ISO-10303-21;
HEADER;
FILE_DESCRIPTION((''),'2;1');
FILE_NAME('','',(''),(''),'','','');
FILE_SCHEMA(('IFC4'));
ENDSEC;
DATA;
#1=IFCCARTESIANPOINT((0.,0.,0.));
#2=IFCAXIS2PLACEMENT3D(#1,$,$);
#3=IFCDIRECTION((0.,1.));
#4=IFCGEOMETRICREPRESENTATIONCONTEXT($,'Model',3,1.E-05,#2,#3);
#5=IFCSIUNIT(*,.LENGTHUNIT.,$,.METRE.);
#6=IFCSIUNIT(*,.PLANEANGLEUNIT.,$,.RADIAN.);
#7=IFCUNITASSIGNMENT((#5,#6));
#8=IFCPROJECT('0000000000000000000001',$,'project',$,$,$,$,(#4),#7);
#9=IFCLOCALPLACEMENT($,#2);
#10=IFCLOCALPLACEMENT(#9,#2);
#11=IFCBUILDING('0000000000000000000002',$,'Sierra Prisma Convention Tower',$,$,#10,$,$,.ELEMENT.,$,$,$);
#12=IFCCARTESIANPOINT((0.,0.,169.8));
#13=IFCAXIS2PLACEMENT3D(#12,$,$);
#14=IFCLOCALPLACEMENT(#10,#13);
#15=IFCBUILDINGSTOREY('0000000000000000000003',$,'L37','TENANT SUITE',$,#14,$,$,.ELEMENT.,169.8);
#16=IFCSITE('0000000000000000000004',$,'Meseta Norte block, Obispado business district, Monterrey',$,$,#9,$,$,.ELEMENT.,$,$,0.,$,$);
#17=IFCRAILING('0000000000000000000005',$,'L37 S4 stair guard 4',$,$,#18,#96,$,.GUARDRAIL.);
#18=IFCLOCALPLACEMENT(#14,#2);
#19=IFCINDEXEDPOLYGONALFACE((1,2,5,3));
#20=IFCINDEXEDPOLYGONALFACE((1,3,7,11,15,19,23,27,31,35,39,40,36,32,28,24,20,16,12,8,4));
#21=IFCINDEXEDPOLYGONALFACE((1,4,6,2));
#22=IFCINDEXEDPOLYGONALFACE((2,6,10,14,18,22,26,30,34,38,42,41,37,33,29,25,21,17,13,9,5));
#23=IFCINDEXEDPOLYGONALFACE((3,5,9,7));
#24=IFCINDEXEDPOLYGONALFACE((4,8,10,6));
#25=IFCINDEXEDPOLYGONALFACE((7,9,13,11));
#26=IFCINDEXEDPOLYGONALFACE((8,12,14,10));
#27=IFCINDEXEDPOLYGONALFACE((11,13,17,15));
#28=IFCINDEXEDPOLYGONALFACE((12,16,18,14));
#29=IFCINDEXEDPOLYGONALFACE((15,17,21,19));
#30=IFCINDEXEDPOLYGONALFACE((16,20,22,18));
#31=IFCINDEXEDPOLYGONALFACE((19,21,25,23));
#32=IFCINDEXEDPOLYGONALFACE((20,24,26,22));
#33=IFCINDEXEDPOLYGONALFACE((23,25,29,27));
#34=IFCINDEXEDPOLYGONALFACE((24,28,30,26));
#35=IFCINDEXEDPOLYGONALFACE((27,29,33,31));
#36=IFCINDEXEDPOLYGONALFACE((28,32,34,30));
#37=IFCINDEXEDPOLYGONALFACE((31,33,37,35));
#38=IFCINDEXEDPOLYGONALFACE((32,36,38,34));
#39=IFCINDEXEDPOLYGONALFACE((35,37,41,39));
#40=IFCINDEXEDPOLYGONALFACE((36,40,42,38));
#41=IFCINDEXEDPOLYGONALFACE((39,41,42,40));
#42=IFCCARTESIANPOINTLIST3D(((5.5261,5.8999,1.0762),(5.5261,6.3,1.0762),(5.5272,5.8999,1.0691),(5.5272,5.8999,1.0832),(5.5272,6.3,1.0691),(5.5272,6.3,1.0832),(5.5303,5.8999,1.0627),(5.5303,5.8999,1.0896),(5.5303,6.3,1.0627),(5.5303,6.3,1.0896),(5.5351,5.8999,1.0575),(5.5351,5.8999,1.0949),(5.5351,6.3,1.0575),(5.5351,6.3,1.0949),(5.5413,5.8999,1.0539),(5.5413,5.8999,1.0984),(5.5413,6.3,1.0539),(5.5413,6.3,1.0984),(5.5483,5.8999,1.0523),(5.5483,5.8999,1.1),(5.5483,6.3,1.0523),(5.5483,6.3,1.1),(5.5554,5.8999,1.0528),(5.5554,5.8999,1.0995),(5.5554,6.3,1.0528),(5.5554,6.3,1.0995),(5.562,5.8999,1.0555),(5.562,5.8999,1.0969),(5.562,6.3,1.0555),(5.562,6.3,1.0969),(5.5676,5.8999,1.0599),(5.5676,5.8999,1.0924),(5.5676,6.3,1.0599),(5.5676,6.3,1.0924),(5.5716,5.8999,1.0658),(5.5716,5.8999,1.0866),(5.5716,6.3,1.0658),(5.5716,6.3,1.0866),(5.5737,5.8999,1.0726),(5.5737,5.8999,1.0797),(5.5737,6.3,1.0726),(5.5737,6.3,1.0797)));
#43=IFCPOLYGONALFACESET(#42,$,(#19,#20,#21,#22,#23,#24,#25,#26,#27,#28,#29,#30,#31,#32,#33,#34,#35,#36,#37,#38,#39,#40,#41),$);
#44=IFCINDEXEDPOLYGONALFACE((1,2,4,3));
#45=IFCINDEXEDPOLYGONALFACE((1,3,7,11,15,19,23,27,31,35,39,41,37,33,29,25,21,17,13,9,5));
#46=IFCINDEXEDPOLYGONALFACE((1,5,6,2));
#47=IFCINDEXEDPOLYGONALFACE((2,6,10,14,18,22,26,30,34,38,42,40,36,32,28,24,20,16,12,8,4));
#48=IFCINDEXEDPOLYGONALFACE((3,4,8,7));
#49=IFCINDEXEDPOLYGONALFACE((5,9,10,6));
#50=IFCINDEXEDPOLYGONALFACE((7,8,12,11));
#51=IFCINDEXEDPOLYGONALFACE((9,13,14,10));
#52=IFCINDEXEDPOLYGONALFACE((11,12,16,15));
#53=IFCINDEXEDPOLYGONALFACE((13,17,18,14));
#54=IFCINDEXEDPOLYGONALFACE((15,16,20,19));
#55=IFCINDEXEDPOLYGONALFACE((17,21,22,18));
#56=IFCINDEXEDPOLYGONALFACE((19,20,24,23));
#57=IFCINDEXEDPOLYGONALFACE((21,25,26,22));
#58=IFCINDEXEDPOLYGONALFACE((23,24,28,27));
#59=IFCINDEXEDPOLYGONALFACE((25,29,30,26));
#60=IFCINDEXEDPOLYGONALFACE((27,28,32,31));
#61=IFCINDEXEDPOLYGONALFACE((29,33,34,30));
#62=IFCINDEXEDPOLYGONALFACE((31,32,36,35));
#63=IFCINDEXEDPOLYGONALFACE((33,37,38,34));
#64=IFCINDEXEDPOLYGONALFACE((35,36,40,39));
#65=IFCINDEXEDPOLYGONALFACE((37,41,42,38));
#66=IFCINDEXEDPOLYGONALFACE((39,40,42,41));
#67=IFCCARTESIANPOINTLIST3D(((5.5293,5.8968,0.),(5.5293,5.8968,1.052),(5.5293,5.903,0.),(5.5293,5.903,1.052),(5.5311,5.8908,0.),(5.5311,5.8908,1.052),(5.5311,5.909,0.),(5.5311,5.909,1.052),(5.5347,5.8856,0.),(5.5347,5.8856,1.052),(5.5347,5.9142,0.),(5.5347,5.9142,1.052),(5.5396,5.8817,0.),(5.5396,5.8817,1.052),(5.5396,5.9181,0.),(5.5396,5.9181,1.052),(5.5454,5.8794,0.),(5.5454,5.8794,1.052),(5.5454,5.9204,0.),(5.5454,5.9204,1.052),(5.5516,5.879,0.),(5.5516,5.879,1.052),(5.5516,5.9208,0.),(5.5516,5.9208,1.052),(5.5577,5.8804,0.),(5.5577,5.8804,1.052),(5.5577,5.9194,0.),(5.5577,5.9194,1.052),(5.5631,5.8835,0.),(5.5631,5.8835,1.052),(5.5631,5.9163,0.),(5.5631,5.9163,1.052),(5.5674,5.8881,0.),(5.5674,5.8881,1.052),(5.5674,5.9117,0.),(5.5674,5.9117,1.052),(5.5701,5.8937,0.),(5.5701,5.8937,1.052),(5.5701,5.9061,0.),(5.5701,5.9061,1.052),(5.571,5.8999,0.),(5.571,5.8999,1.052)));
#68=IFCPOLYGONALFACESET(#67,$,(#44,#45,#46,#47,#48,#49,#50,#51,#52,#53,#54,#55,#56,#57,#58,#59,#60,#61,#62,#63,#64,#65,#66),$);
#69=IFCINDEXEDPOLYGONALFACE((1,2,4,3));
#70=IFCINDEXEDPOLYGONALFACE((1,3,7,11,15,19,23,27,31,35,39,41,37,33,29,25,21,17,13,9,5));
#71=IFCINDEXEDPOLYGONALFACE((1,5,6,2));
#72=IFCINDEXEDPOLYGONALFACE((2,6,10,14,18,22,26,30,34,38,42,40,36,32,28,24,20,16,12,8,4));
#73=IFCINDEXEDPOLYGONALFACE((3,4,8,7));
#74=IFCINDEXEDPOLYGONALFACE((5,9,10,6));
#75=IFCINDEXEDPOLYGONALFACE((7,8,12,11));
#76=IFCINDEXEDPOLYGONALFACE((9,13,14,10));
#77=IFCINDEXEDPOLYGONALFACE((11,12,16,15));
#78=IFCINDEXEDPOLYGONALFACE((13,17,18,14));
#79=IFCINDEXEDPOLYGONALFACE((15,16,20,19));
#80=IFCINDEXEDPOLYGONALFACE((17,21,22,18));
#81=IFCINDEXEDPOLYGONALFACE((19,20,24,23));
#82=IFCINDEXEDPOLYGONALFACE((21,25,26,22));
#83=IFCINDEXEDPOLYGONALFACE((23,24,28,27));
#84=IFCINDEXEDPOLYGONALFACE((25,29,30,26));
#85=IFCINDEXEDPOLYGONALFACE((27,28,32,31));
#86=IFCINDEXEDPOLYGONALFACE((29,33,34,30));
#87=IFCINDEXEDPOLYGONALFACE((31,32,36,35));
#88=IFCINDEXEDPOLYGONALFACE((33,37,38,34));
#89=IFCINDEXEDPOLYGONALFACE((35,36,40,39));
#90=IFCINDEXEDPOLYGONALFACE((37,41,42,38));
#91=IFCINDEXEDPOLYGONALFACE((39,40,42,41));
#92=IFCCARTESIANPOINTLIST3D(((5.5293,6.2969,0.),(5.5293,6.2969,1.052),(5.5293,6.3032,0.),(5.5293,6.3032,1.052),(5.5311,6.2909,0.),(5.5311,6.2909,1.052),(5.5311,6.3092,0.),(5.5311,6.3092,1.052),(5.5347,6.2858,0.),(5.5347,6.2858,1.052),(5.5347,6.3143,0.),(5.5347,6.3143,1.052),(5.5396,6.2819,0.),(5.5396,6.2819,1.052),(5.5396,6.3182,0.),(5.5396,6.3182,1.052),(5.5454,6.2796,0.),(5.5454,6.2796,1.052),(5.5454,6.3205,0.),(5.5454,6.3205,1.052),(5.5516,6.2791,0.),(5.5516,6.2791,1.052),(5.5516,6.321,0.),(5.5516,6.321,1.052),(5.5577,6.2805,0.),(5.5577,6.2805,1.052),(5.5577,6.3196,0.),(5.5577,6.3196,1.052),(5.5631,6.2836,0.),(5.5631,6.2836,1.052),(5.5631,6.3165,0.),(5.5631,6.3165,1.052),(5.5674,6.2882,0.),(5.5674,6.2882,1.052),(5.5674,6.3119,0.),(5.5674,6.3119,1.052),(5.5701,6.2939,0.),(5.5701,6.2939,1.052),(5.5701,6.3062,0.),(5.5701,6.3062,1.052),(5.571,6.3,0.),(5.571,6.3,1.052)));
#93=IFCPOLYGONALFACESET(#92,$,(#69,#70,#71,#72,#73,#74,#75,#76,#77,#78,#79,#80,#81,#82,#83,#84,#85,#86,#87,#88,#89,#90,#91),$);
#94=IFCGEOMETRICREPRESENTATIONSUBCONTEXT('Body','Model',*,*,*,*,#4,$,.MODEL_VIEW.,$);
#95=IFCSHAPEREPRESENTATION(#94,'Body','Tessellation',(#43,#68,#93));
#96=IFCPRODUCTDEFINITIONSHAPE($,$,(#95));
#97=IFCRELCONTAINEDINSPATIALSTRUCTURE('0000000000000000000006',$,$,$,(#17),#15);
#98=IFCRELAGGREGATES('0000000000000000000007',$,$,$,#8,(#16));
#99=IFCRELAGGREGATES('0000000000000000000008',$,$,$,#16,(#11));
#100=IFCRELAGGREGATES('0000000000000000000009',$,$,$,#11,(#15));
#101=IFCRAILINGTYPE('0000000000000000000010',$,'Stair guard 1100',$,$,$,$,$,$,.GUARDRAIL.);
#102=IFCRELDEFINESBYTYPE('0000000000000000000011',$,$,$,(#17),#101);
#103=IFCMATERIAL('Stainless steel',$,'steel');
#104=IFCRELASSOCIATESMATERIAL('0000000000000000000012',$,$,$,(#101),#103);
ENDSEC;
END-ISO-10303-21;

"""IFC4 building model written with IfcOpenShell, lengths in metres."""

from ifc_helpers import new_model, si_unit, direction, frame, origin, origin_2d, place, context, subcontext, project, spatial, circle, extrude, material, type_object, element, save


model = new_model("IFC4")

# Units and contexts
model_context = context("Model", 3, precision=1e-05, world=origin(), true_north=direction((0.0, 1.0)))
body_context = subcontext(model_context, "Body", "Model", "MODEL_VIEW")
ifc_project = project(units=[si_unit("LENGTHUNIT", "METRE"), si_unit("PLANEANGLEUNIT", "RADIAN")], contexts=[model_context])

# Site, building, storey
site_placement = place(None, origin())
site = spatial("IfcSite", under=ifc_project, at=site_placement, Name="Meseta Norte block, Obispado business district, Monterrey", CompositionType="ELEMENT", RefElevation=0.0)
building_placement = place(site_placement, origin())
building = spatial("IfcBuilding", under=site, at=building_placement, Name="Sierra Prisma Convention Tower", CompositionType="ELEMENT")
storey_placement = place(building_placement, frame((0.0, 0.0, 169.8)))
storey = spatial("IfcBuildingStorey", under=building, at=storey_placement, Name="L37", Description="TENANT SUITE", CompositionType="ELEMENT", Elevation=169.8)

# Railing
ifc_material_1 = material(Name="Stainless steel", Category="steel")
railing_type_1 = type_object("IfcRailingType", Name="Stair guard 1100", PredefinedType="GUARDRAIL", material=ifc_material_1)
railing_1_placement = place(storey_placement, frame((5.55, 5.8999, 0.0)))
element("IfcRailing", 1, at=railing_1_placement, inside=storey, type_object=railing_type_1, Name="L37 S4 stair guard 4", PredefinedType="GUARDRAIL", context=body_context, shape_type="SweptSolid", body=[
    extrude(circle(Radius=0.0239, at=origin_2d()), frame((0.0, 0.0, 1.0762), z_axis=(0.0, 1.0, 0.0), x_axis=(-1.0, 0.0, 0.0)), (0.0, 0.0, 1.0), 0.4001),
    extrude(circle(Radius=0.021, at=origin_2d()), origin(), (0.0, 0.0, 1.0), 1.052),
    extrude(circle(Radius=0.021, at=origin_2d()), frame((0.0, 0.4001, 0.0)), (0.0, 0.0, 1.0), 1.052),
])

save(model, "model.ifc")
